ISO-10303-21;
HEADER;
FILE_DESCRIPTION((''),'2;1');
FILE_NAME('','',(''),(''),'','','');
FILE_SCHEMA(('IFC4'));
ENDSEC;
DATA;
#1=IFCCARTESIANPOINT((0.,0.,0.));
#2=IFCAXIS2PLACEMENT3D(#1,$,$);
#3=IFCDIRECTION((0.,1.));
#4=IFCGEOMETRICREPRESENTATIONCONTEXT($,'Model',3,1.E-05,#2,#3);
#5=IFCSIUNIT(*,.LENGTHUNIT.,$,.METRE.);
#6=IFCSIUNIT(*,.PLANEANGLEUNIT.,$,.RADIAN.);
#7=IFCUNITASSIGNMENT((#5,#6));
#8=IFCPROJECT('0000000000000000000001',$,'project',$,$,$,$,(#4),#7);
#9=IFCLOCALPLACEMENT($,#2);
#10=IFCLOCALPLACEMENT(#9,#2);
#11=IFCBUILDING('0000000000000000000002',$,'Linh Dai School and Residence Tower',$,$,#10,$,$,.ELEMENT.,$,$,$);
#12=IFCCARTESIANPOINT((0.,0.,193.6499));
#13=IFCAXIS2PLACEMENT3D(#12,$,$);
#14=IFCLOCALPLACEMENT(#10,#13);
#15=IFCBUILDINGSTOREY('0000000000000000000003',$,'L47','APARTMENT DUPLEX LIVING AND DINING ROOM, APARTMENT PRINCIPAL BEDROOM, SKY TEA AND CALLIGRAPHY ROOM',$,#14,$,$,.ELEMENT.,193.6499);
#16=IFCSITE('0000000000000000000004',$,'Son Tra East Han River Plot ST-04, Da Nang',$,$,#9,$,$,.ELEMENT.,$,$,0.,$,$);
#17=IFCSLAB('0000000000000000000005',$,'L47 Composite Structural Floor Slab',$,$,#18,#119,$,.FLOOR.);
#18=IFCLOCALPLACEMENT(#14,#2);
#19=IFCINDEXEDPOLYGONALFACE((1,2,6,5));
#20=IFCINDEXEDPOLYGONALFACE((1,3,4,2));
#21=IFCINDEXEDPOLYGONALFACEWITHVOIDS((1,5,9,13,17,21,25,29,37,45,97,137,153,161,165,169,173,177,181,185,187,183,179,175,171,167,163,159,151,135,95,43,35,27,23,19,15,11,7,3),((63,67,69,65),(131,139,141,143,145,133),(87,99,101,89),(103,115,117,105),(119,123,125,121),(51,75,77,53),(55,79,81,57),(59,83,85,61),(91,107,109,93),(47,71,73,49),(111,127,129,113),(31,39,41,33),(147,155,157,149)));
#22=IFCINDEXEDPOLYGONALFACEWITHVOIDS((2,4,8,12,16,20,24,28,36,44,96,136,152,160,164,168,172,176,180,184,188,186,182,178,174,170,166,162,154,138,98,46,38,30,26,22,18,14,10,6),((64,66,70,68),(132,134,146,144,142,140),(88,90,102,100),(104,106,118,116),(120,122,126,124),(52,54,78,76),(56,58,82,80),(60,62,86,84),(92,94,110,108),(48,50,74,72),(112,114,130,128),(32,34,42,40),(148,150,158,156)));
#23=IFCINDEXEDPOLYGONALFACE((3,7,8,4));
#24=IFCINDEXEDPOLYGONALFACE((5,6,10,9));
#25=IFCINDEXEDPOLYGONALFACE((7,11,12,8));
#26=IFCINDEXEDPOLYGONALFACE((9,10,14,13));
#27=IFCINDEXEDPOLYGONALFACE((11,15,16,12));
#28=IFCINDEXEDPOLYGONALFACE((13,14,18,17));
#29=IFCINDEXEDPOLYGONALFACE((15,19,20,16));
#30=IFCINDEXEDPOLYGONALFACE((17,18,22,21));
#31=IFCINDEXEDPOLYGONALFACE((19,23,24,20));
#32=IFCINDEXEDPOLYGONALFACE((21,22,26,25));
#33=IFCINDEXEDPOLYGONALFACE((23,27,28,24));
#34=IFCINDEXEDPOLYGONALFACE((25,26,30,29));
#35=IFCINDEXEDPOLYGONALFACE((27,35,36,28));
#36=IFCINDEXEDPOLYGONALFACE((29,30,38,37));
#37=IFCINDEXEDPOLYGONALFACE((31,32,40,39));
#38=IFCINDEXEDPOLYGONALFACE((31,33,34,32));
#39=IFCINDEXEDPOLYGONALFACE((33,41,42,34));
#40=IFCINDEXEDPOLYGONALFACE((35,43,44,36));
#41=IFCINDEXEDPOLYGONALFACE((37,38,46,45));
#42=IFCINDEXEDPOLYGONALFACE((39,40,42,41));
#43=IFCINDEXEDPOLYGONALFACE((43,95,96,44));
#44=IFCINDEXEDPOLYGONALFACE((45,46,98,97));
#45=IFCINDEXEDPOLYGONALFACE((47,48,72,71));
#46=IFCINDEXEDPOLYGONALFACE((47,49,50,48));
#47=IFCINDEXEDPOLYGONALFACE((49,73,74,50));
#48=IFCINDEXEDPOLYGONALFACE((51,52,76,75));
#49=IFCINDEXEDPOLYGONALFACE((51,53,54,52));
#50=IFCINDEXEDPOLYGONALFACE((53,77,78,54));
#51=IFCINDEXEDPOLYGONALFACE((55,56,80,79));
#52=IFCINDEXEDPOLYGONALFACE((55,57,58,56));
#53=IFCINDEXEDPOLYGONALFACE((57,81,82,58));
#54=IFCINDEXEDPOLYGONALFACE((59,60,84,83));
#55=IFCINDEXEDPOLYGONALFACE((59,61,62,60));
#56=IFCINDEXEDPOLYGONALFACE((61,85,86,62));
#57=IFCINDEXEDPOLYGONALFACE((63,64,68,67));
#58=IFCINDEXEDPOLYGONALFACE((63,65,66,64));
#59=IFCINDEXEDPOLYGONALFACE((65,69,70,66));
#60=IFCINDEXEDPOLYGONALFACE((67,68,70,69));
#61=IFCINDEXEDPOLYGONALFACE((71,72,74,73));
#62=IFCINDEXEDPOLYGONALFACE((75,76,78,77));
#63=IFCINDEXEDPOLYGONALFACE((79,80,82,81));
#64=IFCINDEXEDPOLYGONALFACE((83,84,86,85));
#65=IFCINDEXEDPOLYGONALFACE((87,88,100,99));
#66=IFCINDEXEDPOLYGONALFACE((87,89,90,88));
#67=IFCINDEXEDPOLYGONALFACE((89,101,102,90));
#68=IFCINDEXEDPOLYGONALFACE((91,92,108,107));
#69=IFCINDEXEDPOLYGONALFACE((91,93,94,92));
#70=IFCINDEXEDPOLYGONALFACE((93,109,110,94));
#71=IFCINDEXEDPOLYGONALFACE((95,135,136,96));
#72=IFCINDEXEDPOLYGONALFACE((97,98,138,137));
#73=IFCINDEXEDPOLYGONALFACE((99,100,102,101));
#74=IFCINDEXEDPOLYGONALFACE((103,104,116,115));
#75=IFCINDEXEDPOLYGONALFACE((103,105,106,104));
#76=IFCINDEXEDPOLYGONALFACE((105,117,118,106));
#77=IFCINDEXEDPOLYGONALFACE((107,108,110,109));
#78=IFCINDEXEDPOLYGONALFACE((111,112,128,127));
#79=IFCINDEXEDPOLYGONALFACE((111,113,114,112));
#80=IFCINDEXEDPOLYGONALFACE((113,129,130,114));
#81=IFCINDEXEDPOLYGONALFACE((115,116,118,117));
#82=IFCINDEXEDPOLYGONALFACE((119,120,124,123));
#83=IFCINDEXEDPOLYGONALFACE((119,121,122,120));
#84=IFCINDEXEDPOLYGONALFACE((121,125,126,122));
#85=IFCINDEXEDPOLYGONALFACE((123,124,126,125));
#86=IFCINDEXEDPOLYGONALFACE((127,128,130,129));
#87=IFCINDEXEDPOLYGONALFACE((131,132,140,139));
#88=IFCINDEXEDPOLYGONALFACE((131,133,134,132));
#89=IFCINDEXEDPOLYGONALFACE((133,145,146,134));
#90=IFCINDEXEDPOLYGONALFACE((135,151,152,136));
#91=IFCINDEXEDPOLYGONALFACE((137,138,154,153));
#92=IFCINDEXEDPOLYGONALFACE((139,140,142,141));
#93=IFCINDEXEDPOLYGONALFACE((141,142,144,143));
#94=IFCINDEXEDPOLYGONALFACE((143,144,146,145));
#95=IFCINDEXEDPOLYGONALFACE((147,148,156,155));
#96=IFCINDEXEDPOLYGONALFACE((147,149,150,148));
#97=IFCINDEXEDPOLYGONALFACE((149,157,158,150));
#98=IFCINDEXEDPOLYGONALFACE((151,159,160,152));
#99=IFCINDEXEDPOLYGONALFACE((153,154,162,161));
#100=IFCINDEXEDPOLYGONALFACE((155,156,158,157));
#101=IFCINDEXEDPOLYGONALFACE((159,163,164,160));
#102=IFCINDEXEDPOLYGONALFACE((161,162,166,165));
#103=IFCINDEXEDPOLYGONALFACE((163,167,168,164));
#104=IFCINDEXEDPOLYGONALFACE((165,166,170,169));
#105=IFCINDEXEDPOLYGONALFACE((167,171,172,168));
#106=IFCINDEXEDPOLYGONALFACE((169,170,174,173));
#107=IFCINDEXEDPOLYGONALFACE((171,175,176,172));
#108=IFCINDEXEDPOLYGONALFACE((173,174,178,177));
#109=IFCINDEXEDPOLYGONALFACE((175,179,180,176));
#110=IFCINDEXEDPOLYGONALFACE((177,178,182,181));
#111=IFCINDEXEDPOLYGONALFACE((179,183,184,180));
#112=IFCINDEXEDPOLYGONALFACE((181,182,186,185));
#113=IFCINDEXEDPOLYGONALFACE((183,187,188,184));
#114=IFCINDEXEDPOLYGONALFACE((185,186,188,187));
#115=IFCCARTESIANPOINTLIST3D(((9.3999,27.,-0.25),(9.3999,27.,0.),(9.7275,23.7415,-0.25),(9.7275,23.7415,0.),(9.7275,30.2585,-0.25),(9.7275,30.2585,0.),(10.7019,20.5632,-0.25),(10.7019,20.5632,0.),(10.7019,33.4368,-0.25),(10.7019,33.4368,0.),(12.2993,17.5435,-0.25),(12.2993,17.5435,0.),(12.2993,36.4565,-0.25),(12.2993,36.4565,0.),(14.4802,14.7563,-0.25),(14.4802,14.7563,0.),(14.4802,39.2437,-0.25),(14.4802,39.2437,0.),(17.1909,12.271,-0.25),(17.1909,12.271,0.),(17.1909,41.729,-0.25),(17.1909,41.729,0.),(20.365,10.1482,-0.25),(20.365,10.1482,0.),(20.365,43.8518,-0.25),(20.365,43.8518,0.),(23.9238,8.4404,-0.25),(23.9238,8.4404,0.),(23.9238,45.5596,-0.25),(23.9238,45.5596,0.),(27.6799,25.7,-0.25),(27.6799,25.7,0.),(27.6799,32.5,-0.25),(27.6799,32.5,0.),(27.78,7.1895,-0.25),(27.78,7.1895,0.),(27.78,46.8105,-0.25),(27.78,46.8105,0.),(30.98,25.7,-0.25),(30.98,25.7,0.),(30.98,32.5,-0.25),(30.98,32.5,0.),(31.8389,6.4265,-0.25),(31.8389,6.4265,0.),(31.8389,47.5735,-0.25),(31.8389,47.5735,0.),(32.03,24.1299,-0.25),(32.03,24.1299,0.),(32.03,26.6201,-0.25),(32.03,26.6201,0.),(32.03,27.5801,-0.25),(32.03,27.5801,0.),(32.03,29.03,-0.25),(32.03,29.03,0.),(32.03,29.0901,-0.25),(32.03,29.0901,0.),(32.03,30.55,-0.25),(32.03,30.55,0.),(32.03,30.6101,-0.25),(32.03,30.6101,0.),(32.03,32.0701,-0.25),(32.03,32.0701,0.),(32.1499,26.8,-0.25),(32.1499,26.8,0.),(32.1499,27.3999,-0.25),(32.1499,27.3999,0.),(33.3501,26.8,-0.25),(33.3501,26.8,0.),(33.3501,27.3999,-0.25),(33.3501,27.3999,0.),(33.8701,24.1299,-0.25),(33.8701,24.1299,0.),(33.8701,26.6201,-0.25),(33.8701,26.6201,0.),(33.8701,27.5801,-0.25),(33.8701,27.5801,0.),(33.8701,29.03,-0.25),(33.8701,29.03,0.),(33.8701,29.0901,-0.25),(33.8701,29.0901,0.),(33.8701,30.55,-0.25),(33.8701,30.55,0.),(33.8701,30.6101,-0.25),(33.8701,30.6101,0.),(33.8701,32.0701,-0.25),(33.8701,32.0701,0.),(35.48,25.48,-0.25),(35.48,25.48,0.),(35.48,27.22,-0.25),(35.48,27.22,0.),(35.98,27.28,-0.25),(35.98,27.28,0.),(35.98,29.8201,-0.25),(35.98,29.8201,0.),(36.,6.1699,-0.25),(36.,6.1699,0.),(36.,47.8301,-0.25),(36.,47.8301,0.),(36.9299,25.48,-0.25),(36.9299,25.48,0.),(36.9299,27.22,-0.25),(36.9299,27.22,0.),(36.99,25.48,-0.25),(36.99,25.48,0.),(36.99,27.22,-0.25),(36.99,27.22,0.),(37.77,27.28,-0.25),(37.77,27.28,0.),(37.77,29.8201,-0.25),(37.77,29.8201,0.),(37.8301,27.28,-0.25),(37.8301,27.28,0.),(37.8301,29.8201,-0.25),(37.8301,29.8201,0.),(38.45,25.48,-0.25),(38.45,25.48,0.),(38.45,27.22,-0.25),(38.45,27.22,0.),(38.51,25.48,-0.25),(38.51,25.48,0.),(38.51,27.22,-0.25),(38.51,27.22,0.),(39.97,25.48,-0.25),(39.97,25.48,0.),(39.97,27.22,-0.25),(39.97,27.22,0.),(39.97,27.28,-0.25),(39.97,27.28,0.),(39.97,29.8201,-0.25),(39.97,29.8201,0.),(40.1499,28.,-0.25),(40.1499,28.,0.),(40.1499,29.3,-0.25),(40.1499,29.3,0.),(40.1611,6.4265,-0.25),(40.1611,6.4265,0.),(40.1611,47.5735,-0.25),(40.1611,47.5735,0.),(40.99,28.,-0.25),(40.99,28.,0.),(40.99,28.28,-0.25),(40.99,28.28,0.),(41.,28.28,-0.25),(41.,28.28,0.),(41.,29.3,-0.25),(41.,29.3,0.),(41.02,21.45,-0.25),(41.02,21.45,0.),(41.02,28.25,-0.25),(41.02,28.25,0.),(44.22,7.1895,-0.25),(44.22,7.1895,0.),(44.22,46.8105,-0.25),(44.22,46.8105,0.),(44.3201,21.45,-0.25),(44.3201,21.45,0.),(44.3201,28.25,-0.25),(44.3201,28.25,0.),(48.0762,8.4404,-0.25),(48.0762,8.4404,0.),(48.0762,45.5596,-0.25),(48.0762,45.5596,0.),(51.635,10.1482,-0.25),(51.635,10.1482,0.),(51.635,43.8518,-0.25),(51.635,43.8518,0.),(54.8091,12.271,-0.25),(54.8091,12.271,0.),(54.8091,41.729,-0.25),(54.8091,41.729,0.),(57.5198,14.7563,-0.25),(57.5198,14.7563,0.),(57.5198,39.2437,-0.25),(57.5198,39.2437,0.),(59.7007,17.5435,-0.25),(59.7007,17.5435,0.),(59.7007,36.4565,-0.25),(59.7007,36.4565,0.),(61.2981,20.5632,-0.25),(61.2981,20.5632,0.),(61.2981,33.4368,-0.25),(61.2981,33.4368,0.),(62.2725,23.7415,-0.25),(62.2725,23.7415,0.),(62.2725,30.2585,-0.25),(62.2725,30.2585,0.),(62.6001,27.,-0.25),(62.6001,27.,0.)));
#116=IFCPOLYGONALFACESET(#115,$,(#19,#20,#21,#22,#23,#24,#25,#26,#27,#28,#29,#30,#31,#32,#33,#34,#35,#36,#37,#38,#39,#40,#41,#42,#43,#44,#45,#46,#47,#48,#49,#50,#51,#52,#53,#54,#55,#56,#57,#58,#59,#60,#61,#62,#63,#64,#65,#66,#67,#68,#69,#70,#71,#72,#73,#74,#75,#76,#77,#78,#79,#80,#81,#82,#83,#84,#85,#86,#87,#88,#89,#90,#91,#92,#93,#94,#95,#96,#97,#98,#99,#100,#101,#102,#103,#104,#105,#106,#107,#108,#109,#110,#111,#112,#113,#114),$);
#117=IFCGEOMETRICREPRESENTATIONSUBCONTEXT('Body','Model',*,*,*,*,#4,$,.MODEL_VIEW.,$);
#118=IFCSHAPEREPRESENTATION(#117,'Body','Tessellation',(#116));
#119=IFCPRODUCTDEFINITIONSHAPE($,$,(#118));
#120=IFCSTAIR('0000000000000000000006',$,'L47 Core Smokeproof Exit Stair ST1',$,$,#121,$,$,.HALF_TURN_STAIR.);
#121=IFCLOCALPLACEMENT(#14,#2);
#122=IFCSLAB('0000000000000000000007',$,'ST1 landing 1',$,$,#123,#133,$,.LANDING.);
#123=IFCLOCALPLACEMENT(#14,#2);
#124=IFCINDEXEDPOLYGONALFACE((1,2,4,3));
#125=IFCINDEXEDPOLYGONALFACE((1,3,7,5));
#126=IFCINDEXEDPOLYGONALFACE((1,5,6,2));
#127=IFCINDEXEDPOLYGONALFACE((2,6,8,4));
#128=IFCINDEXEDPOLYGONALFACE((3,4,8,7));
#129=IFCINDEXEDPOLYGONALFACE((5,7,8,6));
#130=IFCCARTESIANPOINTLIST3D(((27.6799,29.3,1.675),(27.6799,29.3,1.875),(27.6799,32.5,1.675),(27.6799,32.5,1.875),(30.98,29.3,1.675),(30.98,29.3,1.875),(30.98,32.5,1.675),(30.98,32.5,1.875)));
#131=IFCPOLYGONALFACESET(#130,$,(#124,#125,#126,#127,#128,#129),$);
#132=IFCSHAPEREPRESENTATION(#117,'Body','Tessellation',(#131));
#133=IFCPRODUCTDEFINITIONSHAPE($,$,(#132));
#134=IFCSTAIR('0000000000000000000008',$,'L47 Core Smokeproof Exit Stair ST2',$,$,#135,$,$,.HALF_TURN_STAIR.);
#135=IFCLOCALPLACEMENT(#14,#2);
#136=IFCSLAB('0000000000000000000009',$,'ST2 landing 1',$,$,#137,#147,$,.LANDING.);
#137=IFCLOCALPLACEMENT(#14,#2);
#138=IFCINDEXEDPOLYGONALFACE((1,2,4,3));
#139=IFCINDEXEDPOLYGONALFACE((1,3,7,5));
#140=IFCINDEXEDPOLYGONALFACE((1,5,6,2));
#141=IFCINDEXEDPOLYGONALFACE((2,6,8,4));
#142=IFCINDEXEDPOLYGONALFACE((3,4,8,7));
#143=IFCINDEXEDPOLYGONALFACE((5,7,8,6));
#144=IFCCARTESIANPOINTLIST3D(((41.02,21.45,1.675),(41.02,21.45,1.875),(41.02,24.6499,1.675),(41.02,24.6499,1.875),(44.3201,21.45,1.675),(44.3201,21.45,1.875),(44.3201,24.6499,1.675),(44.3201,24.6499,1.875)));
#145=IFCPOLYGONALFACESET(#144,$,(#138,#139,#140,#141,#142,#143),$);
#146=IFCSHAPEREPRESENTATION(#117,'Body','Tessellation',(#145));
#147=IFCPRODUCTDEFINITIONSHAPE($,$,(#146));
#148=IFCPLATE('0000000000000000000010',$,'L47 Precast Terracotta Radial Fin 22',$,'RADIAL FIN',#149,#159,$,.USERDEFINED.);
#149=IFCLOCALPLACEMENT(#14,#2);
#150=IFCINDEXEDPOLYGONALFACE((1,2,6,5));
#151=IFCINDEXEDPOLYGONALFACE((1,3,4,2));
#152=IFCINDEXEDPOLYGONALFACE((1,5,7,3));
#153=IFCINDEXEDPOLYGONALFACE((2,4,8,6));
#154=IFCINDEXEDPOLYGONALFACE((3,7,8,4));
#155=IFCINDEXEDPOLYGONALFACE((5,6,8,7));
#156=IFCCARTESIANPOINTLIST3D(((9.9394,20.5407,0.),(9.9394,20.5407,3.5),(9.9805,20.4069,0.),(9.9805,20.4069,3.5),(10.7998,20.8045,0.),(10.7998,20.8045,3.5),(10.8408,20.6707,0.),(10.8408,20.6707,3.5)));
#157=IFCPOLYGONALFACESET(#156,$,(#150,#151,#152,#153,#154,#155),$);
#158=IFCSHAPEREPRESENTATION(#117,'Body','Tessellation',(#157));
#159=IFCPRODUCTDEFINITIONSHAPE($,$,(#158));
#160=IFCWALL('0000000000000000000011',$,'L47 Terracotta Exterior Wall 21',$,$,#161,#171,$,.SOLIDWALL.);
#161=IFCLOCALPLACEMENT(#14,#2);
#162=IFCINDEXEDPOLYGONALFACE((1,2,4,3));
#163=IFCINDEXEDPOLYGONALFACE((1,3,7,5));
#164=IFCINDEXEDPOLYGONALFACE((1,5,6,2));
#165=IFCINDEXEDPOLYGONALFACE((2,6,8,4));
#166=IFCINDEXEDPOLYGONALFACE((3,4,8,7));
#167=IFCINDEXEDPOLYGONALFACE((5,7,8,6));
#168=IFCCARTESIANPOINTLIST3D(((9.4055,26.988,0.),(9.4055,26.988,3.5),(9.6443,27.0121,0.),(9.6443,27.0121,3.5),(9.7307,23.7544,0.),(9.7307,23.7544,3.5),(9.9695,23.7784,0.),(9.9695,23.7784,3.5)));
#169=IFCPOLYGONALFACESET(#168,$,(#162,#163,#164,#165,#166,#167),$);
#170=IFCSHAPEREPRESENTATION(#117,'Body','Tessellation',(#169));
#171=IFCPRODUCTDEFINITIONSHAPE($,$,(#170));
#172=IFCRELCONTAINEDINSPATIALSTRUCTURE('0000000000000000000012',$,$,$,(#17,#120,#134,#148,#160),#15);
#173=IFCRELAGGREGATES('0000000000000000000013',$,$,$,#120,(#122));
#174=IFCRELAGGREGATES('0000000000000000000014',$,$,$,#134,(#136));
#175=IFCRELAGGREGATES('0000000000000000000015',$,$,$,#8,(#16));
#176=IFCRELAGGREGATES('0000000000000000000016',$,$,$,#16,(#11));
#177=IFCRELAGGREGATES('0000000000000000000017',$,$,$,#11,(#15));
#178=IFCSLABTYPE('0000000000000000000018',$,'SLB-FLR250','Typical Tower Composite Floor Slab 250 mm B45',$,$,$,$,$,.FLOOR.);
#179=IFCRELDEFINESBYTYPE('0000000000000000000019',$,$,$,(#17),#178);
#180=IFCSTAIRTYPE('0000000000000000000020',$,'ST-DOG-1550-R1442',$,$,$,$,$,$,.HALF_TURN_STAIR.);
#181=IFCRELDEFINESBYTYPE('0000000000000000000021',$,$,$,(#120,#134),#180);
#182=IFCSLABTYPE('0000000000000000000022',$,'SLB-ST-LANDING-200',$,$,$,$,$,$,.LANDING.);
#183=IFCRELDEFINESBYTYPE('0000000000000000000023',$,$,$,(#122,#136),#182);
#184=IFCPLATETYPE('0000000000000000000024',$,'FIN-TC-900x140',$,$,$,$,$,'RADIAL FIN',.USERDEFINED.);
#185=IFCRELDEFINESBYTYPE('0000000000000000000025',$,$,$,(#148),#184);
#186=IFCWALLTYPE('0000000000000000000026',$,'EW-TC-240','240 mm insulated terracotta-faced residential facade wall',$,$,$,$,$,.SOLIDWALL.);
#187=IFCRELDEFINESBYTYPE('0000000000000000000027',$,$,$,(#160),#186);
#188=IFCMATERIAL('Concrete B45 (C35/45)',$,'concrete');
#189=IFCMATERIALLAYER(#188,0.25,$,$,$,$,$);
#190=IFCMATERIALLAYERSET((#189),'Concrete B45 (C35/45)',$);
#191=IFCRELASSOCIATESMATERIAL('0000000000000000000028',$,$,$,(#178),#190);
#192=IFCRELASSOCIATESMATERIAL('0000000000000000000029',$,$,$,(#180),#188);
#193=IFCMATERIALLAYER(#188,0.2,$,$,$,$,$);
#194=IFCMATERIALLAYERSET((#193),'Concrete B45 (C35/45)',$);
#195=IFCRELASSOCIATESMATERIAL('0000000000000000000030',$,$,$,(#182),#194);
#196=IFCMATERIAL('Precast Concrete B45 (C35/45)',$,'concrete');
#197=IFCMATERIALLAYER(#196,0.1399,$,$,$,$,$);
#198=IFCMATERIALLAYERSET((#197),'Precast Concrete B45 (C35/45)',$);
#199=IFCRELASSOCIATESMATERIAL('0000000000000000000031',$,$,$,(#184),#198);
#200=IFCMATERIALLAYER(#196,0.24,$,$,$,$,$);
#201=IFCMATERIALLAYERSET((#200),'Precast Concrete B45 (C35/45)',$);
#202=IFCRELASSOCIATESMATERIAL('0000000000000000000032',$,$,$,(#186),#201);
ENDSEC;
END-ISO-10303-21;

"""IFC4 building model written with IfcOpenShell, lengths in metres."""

from ifc_helpers import new_model, si_unit, direction, frame, frame_2d, origin, origin_2d, place, context, subcontext, project, spatial, polyline, rectangle, outline, extrude, source, transform, mapped, material, layer, layer_set, type_object, element, aggregate, save


model = new_model("IFC4")

# Units and contexts
model_context = context("Model", 3, precision=1e-05, world=origin(), true_north=direction((0.0, 1.0)))
body_context = subcontext(model_context, "Body", "Model", "MODEL_VIEW")
ifc_project = project(units=[si_unit("LENGTHUNIT", "METRE"), si_unit("PLANEANGLEUNIT", "RADIAN")], contexts=[model_context])

# Site, building, storey
site_placement = place(None, origin())
site = spatial("IfcSite", under=ifc_project, at=site_placement, Name="Son Tra East Han River Plot ST-04, Da Nang", CompositionType="ELEMENT", RefElevation=0.0)
building_placement = place(site_placement, origin())
building = spatial("IfcBuilding", under=site, at=building_placement, Name="Linh Dai School and Residence Tower", CompositionType="ELEMENT")
storey_placement = place(building_placement, frame((0.0, 0.0, 193.6499)))
storey = spatial("IfcBuildingStorey", under=building, at=storey_placement, Name="L47", Description="APARTMENT DUPLEX LIVING AND DINING ROOM, APARTMENT PRINCIPAL BEDROOM, SKY TEA AND CALLIGRAPHY ROOM", CompositionType="ELEMENT", Elevation=193.6499)

# Slab
ifc_material_1 = material(Name="Concrete B45 (C35/45)", Category="concrete")
ifc_layer_1 = layer(ifc_material_1, 0.25)
ifc_layer_set_1 = layer_set([ifc_layer_1], Name="Concrete B45 (C35/45)")
slab_type_1 = type_object("IfcSlabType", Name="SLB-FLR250", Description="Typical Tower Composite Floor Slab 250 mm B45", PredefinedType="FLOOR", material=ifc_layer_set_1)
slab_1_placement = place(storey_placement, frame((0.0, 0.0, -0.25)))
element("IfcSlab", 1, at=slab_1_placement, inside=storey, type_object=slab_type_1, Name="L47 Composite Structural Floor Slab", PredefinedType="FLOOR", context=body_context, shape_type="SweptSolid", body=[
    extrude(outline(polyline([(62.6001, 27.0), (62.2725, 30.2585), (61.2981, 33.4368), (59.7007, 36.4565), (57.5198, 39.2437), (54.8091, 41.729), (51.635, 43.8518), (48.0762, 45.5596), (44.22, 46.8105), (40.1611, 47.5735), (36.0, 47.8301), (31.8389, 47.5735), (27.78, 46.8105), (23.9238, 45.5596), (20.365, 43.8518), (17.1909, 41.729), (14.4802, 39.2437), (12.2993, 36.4565), (10.7019, 33.4368), (9.7275, 30.2585), (9.3999, 27.0), (9.7275, 23.7415), (10.7019, 20.5632), (12.2993, 17.5435), (14.4802, 14.7563), (17.1909, 12.271), (20.365, 10.1482), (23.9238, 8.4404), (27.78, 7.1895), (31.8389, 6.4265), (36.0, 6.1699), (40.1611, 6.4265), (44.22, 7.1895), (48.0762, 8.4404), (51.635, 10.1482), (54.8091, 12.271), (57.5198, 14.7563), (59.7007, 17.5435), (61.2981, 20.5632), (62.2725, 23.7415), (62.6001, 27.0)]), holes=[polyline([(30.98, 25.7), (30.98, 32.5), (27.6799, 32.5), (27.6799, 25.7), (30.98, 25.7)]), polyline([(41.02, 28.25), (41.02, 21.45), (44.3201, 21.45), (44.3201, 28.25), (41.02, 28.25)]), polyline([(35.98, 27.28), (37.77, 27.28), (37.77, 29.8201), (35.98, 29.8201), (35.98, 27.28)]), polyline([(32.03, 24.1299), (33.8701, 24.1299), (33.8701, 26.6201), (32.03, 26.6201), (32.03, 24.1299)]), polyline([(37.8301, 27.28), (39.97, 27.28), (39.97, 29.8201), (37.8301, 29.8201), (37.8301, 27.28)]), polyline([(32.03, 27.5801), (33.8701, 27.5801), (33.8701, 29.03), (32.03, 29.03), (32.03, 27.5801)]), polyline([(32.03, 29.0901), (33.8701, 29.0901), (33.8701, 30.55), (32.03, 30.55), (32.03, 29.0901)]), polyline([(32.03, 30.6101), (33.8701, 30.6101), (33.8701, 32.0701), (32.03, 32.0701), (32.03, 30.6101)]), polyline([(35.48, 25.48), (36.9299, 25.48), (36.9299, 27.22), (35.48, 27.22), (35.48, 25.48)]), polyline([(36.99, 25.48), (38.45, 25.48), (38.45, 27.22), (36.99, 27.22), (36.99, 25.48)]), polyline([(38.51, 25.48), (39.97, 25.48), (39.97, 27.22), (38.51, 27.22), (38.51, 25.48)]), polyline([(40.1499, 28.0), (40.1499, 29.3), (41.0, 29.3), (41.0, 28.28), (40.99, 28.28), (40.99, 28.0), (40.1499, 28.0)]), polyline([(32.1499, 26.8), (33.3501, 26.8), (33.3501, 27.3999), (32.1499, 27.3999), (32.1499, 26.8)])]), origin(), (0.0, 0.0, 1.0), 0.25),
])

# Stairs, slabs
stair_type = type_object("IfcStairType", Name="ST-DOG-1550-R1442", PredefinedType="HALF_TURN_STAIR", material=ifc_material_1)
stair_1_placement = place(storey_placement, origin())
stair_1 = element("IfcStair", 2, at=stair_1_placement, inside=storey, type_object=stair_type, Name="L47 Core Smokeproof Exit Stair ST1", PredefinedType="HALF_TURN_STAIR")
ifc_layer_2 = layer(ifc_material_1, 0.2)
ifc_layer_set_2 = layer_set([ifc_layer_2], Name="Concrete B45 (C35/45)")
slab_type_2 = type_object("IfcSlabType", Name="SLB-ST-LANDING-200", PredefinedType="LANDING", material=ifc_layer_set_2)
slab_2_placement = place(storey_placement, frame((0.0, 0.0, 1.675)))
slab_2 = element("IfcSlab", 3, at=slab_2_placement, type_object=slab_type_2, Name="ST1 landing 1", PredefinedType="LANDING", context=body_context, shape_type="SweptSolid", body=[
    extrude(outline(polyline([(30.98, 29.3), (30.98, 32.5), (27.6799, 32.5), (27.6799, 29.3), (30.98, 29.3)])), origin(), (0.0, 0.0, 1.0), 0.2),
])
aggregate(stair_1, [slab_2])
stair_2_placement = place(storey_placement, origin())
stair_2 = element("IfcStair", 4, at=stair_2_placement, inside=storey, type_object=stair_type, Name="L47 Core Smokeproof Exit Stair ST2", PredefinedType="HALF_TURN_STAIR")
slab_3_placement = place(storey_placement, frame((0.0, 0.0, 1.675)))
slab_3 = element("IfcSlab", 5, at=slab_3_placement, type_object=slab_type_2, Name="ST2 landing 1", PredefinedType="LANDING", context=body_context, shape_type="SweptSolid", body=[
    extrude(outline(polyline([(41.02, 24.6499), (41.02, 21.45), (44.3201, 21.45), (44.3201, 24.6499), (41.02, 24.6499)])), origin(), (0.0, 0.0, 1.0), 0.2),
])
aggregate(stair_2, [slab_3])

# Plate
ifc_material_2 = material(Name="Precast Concrete B45 (C35/45)", Category="concrete")
ifc_layer_3 = layer(ifc_material_2, 0.1399)
ifc_layer_set_3 = layer_set([ifc_layer_3], Name="Precast Concrete B45 (C35/45)")
plate_type = type_object("IfcPlateType", Name="FIN-TC-900x140", ElementType="RADIAL FIN", PredefinedType="USERDEFINED", material=ifc_layer_set_3)
shared_shape_1 = source(origin(), body_context, "Body", "SweptSolid", [
    extrude(rectangle(XDim=0.8999, YDim=0.1399, at=origin_2d()), origin(), (0.0, 0.0, 1.0), 3.5),
])
plate_placement = place(storey_placement, frame((10.3901, 20.6057, 0.0), z_axis=(0.0, 0.0, 1.0), x_axis=(-0.956075, -0.293122, 0.0)))
element("IfcPlate", 6, at=plate_placement, inside=storey, type_object=plate_type, Name="L47 Precast Terracotta Radial Fin 22", ObjectType="RADIAL FIN", PredefinedType="USERDEFINED", context=body_context, shape_type="MappedRepresentation", body=[
    mapped(shared_shape_1, transform((0.0, 0.0, 0.0), x_axis=(1.0, 0.0, 0.0), y_axis=(0.0, 1.0, 0.0), z_axis=(0.0, 0.0, 1.0), scale=1.0)),
])

# Wall
ifc_layer_4 = layer(ifc_material_2, 0.24)
ifc_layer_set_4 = layer_set([ifc_layer_4], Name="Precast Concrete B45 (C35/45)")
wall_type_1 = type_object("IfcWallType", Name="EW-TC-240", Description="240 mm insulated terracotta-faced residential facade wall", PredefinedType="SOLIDWALL", material=ifc_layer_set_4)
wall_1_placement = place(storey_placement, frame((9.8501, 23.7664, 0.0), z_axis=(0.0, 0.0, 1.0), x_axis=(-0.100062, 0.994981, 0.0)))
element("IfcWall", 7, at=wall_1_placement, inside=storey, type_object=wall_type_1, Name="L47 Terracotta Exterior Wall 21", PredefinedType="SOLIDWALL", context=body_context, shape_type="SweptSolid", body=[
    extrude(rectangle(XDim=3.25, YDim=0.24, at=frame_2d((1.625, 0.0))), origin(), (0.0, 0.0, 1.0), 3.5),
])

save(model, "model.ifc")
